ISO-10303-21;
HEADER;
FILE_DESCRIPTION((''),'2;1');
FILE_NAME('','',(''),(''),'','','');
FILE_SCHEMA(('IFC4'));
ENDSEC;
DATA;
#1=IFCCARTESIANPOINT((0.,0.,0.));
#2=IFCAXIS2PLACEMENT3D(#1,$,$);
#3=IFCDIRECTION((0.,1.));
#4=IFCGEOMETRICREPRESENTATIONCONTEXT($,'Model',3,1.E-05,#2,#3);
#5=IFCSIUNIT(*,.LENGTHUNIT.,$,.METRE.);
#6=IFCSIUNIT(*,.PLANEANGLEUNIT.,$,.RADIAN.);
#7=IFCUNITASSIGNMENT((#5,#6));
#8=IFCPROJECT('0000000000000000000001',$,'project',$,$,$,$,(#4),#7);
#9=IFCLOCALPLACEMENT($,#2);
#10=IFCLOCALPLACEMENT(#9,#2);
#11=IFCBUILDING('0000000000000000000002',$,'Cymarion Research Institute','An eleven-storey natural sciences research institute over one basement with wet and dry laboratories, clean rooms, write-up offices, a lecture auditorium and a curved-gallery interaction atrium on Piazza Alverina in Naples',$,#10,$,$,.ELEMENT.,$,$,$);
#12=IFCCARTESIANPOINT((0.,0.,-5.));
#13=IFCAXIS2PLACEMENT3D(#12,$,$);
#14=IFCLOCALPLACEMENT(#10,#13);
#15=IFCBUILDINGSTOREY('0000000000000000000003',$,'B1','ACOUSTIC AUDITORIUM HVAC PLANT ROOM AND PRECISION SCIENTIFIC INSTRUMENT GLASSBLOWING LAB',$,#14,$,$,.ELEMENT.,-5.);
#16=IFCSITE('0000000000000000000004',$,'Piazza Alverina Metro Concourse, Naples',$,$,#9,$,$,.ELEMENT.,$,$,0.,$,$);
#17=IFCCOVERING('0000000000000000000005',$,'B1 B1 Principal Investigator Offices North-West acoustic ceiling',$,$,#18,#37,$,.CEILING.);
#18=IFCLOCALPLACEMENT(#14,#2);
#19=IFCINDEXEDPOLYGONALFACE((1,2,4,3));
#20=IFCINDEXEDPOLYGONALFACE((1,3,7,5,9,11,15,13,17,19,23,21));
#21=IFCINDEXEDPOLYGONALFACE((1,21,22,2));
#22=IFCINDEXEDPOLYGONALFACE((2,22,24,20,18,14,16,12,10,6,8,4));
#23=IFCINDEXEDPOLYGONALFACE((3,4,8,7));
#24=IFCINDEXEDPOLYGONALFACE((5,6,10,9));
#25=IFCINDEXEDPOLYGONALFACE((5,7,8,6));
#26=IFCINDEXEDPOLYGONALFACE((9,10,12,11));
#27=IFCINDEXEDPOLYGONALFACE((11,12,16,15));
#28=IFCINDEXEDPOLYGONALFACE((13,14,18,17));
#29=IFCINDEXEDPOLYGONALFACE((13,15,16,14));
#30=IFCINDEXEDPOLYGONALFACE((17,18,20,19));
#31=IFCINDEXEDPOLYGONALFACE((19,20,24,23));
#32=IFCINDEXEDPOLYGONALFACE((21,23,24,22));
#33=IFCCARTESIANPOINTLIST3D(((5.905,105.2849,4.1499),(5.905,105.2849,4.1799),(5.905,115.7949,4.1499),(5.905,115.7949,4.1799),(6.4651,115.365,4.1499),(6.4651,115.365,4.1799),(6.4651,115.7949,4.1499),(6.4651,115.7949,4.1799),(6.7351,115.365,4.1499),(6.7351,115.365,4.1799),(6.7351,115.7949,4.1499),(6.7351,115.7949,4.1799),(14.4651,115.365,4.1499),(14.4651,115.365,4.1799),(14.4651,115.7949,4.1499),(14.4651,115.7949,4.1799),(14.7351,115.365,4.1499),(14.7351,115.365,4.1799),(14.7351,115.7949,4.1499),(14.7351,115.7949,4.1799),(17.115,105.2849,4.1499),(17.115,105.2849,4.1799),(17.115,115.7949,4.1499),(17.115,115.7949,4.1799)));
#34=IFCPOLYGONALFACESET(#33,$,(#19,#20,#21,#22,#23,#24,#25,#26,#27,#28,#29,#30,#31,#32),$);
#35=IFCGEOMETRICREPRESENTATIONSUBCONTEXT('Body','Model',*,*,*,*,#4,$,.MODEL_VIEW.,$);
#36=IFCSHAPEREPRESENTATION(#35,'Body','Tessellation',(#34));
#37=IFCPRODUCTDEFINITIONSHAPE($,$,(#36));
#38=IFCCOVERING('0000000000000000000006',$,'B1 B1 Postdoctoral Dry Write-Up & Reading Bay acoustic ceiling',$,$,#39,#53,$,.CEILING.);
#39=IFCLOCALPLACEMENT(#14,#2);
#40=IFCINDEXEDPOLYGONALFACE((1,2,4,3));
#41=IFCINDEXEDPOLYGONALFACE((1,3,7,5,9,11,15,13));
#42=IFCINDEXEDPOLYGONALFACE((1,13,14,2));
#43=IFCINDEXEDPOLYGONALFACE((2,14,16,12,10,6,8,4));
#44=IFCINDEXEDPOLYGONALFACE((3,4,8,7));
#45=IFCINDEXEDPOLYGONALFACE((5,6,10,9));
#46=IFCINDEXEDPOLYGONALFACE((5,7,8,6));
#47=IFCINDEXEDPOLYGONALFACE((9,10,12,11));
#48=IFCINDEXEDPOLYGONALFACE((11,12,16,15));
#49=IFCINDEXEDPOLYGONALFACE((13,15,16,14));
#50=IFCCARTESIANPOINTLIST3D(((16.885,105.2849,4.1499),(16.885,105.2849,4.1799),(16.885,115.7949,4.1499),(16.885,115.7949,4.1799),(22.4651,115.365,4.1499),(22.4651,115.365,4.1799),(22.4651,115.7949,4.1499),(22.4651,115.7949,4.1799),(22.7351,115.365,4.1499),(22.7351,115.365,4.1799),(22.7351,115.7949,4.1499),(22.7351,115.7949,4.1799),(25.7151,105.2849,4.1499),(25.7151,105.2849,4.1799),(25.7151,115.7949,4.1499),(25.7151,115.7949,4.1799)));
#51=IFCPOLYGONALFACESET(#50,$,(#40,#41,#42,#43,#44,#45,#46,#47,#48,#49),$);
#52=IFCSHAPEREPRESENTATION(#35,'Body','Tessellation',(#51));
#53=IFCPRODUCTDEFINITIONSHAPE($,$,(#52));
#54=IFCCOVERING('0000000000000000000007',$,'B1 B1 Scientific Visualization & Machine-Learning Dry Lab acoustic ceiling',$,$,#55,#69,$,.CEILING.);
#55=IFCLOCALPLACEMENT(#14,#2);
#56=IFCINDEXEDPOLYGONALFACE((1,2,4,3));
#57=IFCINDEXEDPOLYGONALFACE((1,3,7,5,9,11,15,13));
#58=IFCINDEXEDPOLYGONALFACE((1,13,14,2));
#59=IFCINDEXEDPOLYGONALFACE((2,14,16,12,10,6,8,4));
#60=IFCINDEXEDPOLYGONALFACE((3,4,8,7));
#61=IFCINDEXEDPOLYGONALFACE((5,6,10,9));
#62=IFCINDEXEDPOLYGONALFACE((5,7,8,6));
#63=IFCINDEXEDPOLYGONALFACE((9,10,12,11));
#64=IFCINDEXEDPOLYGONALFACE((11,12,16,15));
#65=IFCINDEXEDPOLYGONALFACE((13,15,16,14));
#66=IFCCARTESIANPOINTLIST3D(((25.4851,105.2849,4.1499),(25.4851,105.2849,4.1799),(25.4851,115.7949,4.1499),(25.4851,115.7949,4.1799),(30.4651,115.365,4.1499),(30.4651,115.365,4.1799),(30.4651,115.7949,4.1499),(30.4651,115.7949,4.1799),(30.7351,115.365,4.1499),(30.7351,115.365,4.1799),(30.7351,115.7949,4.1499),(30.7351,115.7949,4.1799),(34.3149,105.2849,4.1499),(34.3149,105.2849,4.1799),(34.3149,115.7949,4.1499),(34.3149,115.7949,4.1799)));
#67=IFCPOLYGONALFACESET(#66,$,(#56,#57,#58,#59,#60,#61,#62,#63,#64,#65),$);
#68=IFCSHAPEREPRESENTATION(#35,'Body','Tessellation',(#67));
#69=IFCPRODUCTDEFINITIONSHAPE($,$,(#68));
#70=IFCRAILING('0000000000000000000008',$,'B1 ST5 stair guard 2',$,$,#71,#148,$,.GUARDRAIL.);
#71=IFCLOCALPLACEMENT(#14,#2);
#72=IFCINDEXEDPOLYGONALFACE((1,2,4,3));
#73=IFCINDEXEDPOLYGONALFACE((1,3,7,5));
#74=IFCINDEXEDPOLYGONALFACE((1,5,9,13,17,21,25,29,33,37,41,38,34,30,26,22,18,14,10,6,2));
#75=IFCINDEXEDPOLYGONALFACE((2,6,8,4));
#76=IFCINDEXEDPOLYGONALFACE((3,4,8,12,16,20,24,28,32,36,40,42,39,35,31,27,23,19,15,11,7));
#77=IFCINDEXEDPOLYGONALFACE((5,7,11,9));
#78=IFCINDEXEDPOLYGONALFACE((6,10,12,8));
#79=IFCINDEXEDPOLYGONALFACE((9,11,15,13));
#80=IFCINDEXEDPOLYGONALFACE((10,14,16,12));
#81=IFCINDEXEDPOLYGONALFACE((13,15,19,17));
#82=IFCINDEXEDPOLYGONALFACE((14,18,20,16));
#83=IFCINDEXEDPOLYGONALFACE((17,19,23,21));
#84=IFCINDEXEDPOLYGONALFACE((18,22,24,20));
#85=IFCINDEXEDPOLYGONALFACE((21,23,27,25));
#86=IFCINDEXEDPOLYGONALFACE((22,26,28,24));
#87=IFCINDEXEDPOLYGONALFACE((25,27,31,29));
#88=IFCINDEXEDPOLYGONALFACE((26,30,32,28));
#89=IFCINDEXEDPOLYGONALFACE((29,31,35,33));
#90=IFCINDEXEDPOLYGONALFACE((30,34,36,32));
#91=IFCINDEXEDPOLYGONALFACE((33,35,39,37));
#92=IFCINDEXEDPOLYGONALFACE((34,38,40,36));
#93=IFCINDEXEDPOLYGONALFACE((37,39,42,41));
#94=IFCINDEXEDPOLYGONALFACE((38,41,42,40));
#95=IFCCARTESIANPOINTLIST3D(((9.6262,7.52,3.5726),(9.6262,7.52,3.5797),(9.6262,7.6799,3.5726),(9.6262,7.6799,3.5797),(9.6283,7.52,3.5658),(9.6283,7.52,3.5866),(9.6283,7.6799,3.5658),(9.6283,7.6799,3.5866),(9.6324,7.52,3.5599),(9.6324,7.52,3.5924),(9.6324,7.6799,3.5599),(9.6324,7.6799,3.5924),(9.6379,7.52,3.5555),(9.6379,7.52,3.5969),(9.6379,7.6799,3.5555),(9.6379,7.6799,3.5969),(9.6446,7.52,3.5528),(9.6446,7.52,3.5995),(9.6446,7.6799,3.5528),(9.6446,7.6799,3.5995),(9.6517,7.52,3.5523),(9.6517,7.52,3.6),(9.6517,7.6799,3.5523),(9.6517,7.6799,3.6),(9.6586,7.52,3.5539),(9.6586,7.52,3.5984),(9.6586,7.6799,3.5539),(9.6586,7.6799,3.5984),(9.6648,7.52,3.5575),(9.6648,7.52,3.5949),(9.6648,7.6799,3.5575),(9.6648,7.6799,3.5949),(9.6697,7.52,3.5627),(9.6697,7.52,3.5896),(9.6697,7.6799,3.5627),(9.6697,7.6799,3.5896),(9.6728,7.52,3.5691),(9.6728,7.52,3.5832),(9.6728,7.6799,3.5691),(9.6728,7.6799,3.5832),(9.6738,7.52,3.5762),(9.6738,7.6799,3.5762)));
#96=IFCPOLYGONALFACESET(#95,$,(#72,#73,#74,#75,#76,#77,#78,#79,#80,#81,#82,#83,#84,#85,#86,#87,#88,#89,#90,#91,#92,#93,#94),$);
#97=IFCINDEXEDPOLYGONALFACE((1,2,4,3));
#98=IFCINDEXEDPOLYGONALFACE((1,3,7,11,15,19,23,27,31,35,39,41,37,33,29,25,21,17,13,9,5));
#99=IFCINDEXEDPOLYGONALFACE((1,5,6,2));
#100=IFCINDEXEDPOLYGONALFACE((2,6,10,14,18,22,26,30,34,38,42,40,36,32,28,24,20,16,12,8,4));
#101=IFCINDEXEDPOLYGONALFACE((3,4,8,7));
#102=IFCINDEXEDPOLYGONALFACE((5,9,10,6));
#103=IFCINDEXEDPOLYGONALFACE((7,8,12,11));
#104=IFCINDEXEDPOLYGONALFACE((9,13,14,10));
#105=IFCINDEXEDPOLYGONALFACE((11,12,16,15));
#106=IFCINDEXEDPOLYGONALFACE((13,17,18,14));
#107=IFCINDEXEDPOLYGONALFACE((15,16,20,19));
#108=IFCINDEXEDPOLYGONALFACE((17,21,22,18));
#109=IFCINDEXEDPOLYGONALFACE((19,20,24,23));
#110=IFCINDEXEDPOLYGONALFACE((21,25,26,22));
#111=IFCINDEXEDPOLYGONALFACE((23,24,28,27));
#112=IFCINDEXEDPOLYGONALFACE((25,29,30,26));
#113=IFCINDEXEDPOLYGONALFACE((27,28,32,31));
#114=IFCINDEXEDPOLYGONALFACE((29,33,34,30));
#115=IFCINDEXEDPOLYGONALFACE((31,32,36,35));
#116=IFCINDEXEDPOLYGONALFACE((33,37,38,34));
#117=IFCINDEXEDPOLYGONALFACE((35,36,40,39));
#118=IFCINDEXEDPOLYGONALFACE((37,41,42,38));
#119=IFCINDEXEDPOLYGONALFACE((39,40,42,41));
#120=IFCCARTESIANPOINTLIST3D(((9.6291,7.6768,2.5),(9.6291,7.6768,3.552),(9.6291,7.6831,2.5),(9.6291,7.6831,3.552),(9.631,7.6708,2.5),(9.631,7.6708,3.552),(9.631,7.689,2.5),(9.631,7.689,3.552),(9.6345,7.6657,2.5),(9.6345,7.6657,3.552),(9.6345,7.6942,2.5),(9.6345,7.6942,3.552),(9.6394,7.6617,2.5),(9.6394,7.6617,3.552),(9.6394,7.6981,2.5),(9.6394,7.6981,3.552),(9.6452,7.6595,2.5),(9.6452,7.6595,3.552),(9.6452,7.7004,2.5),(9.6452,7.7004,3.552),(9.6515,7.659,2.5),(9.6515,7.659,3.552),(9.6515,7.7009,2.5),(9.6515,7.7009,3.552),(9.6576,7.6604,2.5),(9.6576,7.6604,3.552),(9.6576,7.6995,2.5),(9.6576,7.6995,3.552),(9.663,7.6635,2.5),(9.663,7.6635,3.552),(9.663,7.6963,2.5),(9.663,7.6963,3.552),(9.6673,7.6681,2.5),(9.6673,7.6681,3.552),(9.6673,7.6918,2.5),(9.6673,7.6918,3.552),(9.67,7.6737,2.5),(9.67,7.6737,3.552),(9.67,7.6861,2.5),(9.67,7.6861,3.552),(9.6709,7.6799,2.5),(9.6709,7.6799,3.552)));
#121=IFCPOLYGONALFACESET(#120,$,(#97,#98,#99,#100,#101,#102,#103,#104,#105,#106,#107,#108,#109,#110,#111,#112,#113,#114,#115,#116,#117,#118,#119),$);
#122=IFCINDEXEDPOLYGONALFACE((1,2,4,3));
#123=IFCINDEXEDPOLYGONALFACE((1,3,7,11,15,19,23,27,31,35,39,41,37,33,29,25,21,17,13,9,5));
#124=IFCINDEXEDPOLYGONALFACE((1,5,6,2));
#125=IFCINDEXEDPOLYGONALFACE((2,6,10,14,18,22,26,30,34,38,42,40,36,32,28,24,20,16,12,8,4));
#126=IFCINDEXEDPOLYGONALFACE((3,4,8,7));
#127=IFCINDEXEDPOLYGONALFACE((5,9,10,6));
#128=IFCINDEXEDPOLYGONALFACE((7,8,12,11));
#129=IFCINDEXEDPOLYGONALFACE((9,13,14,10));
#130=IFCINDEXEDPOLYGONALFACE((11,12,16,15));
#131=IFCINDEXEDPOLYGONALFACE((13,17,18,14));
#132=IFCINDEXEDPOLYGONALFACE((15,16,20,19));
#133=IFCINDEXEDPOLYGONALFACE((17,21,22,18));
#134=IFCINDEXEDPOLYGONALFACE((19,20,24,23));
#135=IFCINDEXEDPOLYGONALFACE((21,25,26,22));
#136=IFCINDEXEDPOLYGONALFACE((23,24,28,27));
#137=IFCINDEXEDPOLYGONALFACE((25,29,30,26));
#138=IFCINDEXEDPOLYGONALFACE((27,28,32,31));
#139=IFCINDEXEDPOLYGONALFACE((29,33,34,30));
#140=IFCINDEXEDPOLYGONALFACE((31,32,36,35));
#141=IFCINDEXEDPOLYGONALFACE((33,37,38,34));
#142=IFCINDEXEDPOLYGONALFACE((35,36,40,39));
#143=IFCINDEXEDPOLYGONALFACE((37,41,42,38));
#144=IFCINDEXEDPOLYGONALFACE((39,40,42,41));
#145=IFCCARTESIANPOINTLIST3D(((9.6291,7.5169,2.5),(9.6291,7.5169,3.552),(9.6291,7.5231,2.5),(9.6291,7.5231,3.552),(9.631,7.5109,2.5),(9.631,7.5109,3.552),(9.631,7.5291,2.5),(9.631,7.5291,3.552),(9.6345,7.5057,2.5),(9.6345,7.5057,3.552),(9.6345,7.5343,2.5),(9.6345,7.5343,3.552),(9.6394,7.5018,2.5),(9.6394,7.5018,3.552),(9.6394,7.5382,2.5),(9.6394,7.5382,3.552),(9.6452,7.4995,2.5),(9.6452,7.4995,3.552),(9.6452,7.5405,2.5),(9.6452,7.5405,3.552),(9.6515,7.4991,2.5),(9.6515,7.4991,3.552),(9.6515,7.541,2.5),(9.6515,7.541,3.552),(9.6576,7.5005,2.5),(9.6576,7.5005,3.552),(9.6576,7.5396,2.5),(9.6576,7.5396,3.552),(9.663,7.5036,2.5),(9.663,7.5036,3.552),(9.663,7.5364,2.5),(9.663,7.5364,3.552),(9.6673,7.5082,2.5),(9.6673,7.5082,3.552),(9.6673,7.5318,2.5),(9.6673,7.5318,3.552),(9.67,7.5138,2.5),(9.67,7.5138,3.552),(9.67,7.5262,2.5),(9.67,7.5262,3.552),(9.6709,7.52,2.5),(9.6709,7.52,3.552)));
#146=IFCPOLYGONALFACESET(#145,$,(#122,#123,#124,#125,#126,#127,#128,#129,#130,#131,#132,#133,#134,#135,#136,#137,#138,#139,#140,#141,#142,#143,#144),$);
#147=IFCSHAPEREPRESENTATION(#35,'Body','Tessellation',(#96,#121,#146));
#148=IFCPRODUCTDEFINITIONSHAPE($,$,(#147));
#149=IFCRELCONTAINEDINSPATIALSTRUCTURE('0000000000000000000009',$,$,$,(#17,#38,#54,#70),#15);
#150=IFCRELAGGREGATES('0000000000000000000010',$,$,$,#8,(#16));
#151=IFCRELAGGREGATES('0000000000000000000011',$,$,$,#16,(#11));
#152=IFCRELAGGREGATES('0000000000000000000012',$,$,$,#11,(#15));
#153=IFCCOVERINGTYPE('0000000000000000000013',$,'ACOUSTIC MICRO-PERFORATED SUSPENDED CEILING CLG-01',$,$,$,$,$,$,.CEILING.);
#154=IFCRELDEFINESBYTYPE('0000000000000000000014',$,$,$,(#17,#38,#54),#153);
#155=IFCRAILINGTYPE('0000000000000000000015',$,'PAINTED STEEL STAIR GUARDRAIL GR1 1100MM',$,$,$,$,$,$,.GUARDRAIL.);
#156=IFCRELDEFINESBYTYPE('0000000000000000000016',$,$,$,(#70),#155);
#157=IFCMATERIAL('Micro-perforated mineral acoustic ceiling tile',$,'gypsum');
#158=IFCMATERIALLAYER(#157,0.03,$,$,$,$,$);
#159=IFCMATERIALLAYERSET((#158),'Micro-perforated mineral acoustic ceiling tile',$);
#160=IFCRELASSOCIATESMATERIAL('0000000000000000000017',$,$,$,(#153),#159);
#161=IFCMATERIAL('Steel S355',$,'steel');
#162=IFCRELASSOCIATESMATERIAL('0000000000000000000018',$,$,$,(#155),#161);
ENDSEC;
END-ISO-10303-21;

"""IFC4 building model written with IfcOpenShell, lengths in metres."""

from ifc_helpers import new_model, si_unit, direction, frame, origin, origin_2d, place, context, subcontext, project, spatial, polyline, circle, outline, extrude, material, layer, layer_set, type_object, element, save


model = new_model("IFC4")

# Units and contexts
model_context = context("Model", 3, precision=1e-05, world=origin(), true_north=direction((0.0, 1.0)))
body_context = subcontext(model_context, "Body", "Model", "MODEL_VIEW")
ifc_project = project(units=[si_unit("LENGTHUNIT", "METRE"), si_unit("PLANEANGLEUNIT", "RADIAN")], contexts=[model_context])

# Site, building, storey
site_placement = place(None, origin())
site = spatial("IfcSite", under=ifc_project, at=site_placement, Name="Piazza Alverina Metro Concourse, Naples", CompositionType="ELEMENT", RefElevation=0.0)
building_placement = place(site_placement, origin())
building = spatial("IfcBuilding", under=site, at=building_placement, Name="Cymarion Research Institute", Description="An eleven-storey natural sciences research institute over one basement with wet and dry laboratories, clean rooms, write-up offices, a lecture auditorium and a curved-gallery interaction atrium on Piazza Alverina in Naples", CompositionType="ELEMENT")
storey_placement = place(building_placement, frame((0.0, 0.0, -5.0)))
storey = spatial("IfcBuildingStorey", under=building, at=storey_placement, Name="B1", Description="ACOUSTIC AUDITORIUM HVAC PLANT ROOM AND PRECISION SCIENTIFIC INSTRUMENT GLASSBLOWING LAB", CompositionType="ELEMENT", Elevation=-5.0)

# Shared definitions
ifc_material_1 = material(Name="Steel S355", Category="steel")

# Coverings
ifc_material_2 = material(Name="Micro-perforated mineral acoustic ceiling tile", Category="gypsum")
ifc_layer_1 = layer(ifc_material_2, 0.03)
ifc_layer_set_1 = layer_set([ifc_layer_1], Name="Micro-perforated mineral acoustic ceiling tile")
covering_type = type_object("IfcCoveringType", Name="ACOUSTIC MICRO-PERFORATED SUSPENDED CEILING CLG-01", PredefinedType="CEILING", material=ifc_layer_set_1)
covering_1_placement = place(storey_placement, frame((0.0, 0.0, 4.1499)))
element("IfcCovering", 1, at=covering_1_placement, inside=storey, type_object=covering_type, Name="B1 B1 Principal Investigator Offices North-West acoustic ceiling", PredefinedType="CEILING", context=body_context, shape_type="SweptSolid", body=[
    extrude(outline(polyline([(5.905, 115.7949), (6.4651, 115.7949), (6.4651, 115.365), (6.7351, 115.365), (6.7351, 115.7949), (14.4651, 115.7949), (14.4651, 115.365), (14.7351, 115.365), (14.7351, 115.7949), (17.115, 115.7949), (17.115, 105.2849), (5.905, 105.2849), (5.905, 115.7949)])), origin(), (0.0, 0.0, 1.0), 0.03),
])
covering_2_placement = place(storey_placement, frame((0.0, 0.0, 4.1499)))
element("IfcCovering", 2, at=covering_2_placement, inside=storey, type_object=covering_type, Name="B1 B1 Postdoctoral Dry Write-Up & Reading Bay acoustic ceiling", PredefinedType="CEILING", context=body_context, shape_type="SweptSolid", body=[
    extrude(outline(polyline([(16.885, 115.7949), (22.4651, 115.7949), (22.4651, 115.365), (22.7351, 115.365), (22.7351, 115.7949), (25.7151, 115.7949), (25.7151, 105.2849), (16.885, 105.2849), (16.885, 115.7949)])), origin(), (0.0, 0.0, 1.0), 0.03),
])
covering_3_placement = place(storey_placement, frame((0.0, 0.0, 4.1499)))
element("IfcCovering", 3, at=covering_3_placement, inside=storey, type_object=covering_type, Name="B1 B1 Scientific Visualization & Machine-Learning Dry Lab acoustic ceiling", PredefinedType="CEILING", context=body_context, shape_type="SweptSolid", body=[
    extrude(outline(polyline([(25.4851, 115.7949), (30.4651, 115.7949), (30.4651, 115.365), (30.7351, 115.365), (30.7351, 115.7949), (34.3149, 115.7949), (34.3149, 105.2849), (25.4851, 105.2849), (25.4851, 115.7949)])), origin(), (0.0, 0.0, 1.0), 0.03),
])

# Railing
railing_type_1 = type_object("IfcRailingType", Name="PAINTED STEEL STAIR GUARDRAIL GR1 1100MM", PredefinedType="GUARDRAIL", material=ifc_material_1)
railing_1_placement = place(storey_placement, frame((9.6499, 7.6799, 2.5)))
element("IfcRailing", 4, at=railing_1_placement, inside=storey, type_object=railing_type_1, Name="B1 ST5 stair guard 2", PredefinedType="GUARDRAIL", context=body_context, shape_type="SweptSolid", body=[
    extrude(circle(Radius=0.0239, at=origin_2d()), frame((0.0, 0.0, 1.0762), z_axis=(0.0, -1.0, 0.0), x_axis=(1.0, 0.0, 0.0)), (0.0, 0.0, 1.0), 0.1599),
    extrude(circle(Radius=0.021, at=origin_2d()), origin(), (0.0, 0.0, 1.0), 1.052),
    extrude(circle(Radius=0.021, at=origin_2d()), frame((0.0, -0.1599, 0.0)), (0.0, 0.0, 1.0), 1.052),
])

save(model, "model.ifc")
